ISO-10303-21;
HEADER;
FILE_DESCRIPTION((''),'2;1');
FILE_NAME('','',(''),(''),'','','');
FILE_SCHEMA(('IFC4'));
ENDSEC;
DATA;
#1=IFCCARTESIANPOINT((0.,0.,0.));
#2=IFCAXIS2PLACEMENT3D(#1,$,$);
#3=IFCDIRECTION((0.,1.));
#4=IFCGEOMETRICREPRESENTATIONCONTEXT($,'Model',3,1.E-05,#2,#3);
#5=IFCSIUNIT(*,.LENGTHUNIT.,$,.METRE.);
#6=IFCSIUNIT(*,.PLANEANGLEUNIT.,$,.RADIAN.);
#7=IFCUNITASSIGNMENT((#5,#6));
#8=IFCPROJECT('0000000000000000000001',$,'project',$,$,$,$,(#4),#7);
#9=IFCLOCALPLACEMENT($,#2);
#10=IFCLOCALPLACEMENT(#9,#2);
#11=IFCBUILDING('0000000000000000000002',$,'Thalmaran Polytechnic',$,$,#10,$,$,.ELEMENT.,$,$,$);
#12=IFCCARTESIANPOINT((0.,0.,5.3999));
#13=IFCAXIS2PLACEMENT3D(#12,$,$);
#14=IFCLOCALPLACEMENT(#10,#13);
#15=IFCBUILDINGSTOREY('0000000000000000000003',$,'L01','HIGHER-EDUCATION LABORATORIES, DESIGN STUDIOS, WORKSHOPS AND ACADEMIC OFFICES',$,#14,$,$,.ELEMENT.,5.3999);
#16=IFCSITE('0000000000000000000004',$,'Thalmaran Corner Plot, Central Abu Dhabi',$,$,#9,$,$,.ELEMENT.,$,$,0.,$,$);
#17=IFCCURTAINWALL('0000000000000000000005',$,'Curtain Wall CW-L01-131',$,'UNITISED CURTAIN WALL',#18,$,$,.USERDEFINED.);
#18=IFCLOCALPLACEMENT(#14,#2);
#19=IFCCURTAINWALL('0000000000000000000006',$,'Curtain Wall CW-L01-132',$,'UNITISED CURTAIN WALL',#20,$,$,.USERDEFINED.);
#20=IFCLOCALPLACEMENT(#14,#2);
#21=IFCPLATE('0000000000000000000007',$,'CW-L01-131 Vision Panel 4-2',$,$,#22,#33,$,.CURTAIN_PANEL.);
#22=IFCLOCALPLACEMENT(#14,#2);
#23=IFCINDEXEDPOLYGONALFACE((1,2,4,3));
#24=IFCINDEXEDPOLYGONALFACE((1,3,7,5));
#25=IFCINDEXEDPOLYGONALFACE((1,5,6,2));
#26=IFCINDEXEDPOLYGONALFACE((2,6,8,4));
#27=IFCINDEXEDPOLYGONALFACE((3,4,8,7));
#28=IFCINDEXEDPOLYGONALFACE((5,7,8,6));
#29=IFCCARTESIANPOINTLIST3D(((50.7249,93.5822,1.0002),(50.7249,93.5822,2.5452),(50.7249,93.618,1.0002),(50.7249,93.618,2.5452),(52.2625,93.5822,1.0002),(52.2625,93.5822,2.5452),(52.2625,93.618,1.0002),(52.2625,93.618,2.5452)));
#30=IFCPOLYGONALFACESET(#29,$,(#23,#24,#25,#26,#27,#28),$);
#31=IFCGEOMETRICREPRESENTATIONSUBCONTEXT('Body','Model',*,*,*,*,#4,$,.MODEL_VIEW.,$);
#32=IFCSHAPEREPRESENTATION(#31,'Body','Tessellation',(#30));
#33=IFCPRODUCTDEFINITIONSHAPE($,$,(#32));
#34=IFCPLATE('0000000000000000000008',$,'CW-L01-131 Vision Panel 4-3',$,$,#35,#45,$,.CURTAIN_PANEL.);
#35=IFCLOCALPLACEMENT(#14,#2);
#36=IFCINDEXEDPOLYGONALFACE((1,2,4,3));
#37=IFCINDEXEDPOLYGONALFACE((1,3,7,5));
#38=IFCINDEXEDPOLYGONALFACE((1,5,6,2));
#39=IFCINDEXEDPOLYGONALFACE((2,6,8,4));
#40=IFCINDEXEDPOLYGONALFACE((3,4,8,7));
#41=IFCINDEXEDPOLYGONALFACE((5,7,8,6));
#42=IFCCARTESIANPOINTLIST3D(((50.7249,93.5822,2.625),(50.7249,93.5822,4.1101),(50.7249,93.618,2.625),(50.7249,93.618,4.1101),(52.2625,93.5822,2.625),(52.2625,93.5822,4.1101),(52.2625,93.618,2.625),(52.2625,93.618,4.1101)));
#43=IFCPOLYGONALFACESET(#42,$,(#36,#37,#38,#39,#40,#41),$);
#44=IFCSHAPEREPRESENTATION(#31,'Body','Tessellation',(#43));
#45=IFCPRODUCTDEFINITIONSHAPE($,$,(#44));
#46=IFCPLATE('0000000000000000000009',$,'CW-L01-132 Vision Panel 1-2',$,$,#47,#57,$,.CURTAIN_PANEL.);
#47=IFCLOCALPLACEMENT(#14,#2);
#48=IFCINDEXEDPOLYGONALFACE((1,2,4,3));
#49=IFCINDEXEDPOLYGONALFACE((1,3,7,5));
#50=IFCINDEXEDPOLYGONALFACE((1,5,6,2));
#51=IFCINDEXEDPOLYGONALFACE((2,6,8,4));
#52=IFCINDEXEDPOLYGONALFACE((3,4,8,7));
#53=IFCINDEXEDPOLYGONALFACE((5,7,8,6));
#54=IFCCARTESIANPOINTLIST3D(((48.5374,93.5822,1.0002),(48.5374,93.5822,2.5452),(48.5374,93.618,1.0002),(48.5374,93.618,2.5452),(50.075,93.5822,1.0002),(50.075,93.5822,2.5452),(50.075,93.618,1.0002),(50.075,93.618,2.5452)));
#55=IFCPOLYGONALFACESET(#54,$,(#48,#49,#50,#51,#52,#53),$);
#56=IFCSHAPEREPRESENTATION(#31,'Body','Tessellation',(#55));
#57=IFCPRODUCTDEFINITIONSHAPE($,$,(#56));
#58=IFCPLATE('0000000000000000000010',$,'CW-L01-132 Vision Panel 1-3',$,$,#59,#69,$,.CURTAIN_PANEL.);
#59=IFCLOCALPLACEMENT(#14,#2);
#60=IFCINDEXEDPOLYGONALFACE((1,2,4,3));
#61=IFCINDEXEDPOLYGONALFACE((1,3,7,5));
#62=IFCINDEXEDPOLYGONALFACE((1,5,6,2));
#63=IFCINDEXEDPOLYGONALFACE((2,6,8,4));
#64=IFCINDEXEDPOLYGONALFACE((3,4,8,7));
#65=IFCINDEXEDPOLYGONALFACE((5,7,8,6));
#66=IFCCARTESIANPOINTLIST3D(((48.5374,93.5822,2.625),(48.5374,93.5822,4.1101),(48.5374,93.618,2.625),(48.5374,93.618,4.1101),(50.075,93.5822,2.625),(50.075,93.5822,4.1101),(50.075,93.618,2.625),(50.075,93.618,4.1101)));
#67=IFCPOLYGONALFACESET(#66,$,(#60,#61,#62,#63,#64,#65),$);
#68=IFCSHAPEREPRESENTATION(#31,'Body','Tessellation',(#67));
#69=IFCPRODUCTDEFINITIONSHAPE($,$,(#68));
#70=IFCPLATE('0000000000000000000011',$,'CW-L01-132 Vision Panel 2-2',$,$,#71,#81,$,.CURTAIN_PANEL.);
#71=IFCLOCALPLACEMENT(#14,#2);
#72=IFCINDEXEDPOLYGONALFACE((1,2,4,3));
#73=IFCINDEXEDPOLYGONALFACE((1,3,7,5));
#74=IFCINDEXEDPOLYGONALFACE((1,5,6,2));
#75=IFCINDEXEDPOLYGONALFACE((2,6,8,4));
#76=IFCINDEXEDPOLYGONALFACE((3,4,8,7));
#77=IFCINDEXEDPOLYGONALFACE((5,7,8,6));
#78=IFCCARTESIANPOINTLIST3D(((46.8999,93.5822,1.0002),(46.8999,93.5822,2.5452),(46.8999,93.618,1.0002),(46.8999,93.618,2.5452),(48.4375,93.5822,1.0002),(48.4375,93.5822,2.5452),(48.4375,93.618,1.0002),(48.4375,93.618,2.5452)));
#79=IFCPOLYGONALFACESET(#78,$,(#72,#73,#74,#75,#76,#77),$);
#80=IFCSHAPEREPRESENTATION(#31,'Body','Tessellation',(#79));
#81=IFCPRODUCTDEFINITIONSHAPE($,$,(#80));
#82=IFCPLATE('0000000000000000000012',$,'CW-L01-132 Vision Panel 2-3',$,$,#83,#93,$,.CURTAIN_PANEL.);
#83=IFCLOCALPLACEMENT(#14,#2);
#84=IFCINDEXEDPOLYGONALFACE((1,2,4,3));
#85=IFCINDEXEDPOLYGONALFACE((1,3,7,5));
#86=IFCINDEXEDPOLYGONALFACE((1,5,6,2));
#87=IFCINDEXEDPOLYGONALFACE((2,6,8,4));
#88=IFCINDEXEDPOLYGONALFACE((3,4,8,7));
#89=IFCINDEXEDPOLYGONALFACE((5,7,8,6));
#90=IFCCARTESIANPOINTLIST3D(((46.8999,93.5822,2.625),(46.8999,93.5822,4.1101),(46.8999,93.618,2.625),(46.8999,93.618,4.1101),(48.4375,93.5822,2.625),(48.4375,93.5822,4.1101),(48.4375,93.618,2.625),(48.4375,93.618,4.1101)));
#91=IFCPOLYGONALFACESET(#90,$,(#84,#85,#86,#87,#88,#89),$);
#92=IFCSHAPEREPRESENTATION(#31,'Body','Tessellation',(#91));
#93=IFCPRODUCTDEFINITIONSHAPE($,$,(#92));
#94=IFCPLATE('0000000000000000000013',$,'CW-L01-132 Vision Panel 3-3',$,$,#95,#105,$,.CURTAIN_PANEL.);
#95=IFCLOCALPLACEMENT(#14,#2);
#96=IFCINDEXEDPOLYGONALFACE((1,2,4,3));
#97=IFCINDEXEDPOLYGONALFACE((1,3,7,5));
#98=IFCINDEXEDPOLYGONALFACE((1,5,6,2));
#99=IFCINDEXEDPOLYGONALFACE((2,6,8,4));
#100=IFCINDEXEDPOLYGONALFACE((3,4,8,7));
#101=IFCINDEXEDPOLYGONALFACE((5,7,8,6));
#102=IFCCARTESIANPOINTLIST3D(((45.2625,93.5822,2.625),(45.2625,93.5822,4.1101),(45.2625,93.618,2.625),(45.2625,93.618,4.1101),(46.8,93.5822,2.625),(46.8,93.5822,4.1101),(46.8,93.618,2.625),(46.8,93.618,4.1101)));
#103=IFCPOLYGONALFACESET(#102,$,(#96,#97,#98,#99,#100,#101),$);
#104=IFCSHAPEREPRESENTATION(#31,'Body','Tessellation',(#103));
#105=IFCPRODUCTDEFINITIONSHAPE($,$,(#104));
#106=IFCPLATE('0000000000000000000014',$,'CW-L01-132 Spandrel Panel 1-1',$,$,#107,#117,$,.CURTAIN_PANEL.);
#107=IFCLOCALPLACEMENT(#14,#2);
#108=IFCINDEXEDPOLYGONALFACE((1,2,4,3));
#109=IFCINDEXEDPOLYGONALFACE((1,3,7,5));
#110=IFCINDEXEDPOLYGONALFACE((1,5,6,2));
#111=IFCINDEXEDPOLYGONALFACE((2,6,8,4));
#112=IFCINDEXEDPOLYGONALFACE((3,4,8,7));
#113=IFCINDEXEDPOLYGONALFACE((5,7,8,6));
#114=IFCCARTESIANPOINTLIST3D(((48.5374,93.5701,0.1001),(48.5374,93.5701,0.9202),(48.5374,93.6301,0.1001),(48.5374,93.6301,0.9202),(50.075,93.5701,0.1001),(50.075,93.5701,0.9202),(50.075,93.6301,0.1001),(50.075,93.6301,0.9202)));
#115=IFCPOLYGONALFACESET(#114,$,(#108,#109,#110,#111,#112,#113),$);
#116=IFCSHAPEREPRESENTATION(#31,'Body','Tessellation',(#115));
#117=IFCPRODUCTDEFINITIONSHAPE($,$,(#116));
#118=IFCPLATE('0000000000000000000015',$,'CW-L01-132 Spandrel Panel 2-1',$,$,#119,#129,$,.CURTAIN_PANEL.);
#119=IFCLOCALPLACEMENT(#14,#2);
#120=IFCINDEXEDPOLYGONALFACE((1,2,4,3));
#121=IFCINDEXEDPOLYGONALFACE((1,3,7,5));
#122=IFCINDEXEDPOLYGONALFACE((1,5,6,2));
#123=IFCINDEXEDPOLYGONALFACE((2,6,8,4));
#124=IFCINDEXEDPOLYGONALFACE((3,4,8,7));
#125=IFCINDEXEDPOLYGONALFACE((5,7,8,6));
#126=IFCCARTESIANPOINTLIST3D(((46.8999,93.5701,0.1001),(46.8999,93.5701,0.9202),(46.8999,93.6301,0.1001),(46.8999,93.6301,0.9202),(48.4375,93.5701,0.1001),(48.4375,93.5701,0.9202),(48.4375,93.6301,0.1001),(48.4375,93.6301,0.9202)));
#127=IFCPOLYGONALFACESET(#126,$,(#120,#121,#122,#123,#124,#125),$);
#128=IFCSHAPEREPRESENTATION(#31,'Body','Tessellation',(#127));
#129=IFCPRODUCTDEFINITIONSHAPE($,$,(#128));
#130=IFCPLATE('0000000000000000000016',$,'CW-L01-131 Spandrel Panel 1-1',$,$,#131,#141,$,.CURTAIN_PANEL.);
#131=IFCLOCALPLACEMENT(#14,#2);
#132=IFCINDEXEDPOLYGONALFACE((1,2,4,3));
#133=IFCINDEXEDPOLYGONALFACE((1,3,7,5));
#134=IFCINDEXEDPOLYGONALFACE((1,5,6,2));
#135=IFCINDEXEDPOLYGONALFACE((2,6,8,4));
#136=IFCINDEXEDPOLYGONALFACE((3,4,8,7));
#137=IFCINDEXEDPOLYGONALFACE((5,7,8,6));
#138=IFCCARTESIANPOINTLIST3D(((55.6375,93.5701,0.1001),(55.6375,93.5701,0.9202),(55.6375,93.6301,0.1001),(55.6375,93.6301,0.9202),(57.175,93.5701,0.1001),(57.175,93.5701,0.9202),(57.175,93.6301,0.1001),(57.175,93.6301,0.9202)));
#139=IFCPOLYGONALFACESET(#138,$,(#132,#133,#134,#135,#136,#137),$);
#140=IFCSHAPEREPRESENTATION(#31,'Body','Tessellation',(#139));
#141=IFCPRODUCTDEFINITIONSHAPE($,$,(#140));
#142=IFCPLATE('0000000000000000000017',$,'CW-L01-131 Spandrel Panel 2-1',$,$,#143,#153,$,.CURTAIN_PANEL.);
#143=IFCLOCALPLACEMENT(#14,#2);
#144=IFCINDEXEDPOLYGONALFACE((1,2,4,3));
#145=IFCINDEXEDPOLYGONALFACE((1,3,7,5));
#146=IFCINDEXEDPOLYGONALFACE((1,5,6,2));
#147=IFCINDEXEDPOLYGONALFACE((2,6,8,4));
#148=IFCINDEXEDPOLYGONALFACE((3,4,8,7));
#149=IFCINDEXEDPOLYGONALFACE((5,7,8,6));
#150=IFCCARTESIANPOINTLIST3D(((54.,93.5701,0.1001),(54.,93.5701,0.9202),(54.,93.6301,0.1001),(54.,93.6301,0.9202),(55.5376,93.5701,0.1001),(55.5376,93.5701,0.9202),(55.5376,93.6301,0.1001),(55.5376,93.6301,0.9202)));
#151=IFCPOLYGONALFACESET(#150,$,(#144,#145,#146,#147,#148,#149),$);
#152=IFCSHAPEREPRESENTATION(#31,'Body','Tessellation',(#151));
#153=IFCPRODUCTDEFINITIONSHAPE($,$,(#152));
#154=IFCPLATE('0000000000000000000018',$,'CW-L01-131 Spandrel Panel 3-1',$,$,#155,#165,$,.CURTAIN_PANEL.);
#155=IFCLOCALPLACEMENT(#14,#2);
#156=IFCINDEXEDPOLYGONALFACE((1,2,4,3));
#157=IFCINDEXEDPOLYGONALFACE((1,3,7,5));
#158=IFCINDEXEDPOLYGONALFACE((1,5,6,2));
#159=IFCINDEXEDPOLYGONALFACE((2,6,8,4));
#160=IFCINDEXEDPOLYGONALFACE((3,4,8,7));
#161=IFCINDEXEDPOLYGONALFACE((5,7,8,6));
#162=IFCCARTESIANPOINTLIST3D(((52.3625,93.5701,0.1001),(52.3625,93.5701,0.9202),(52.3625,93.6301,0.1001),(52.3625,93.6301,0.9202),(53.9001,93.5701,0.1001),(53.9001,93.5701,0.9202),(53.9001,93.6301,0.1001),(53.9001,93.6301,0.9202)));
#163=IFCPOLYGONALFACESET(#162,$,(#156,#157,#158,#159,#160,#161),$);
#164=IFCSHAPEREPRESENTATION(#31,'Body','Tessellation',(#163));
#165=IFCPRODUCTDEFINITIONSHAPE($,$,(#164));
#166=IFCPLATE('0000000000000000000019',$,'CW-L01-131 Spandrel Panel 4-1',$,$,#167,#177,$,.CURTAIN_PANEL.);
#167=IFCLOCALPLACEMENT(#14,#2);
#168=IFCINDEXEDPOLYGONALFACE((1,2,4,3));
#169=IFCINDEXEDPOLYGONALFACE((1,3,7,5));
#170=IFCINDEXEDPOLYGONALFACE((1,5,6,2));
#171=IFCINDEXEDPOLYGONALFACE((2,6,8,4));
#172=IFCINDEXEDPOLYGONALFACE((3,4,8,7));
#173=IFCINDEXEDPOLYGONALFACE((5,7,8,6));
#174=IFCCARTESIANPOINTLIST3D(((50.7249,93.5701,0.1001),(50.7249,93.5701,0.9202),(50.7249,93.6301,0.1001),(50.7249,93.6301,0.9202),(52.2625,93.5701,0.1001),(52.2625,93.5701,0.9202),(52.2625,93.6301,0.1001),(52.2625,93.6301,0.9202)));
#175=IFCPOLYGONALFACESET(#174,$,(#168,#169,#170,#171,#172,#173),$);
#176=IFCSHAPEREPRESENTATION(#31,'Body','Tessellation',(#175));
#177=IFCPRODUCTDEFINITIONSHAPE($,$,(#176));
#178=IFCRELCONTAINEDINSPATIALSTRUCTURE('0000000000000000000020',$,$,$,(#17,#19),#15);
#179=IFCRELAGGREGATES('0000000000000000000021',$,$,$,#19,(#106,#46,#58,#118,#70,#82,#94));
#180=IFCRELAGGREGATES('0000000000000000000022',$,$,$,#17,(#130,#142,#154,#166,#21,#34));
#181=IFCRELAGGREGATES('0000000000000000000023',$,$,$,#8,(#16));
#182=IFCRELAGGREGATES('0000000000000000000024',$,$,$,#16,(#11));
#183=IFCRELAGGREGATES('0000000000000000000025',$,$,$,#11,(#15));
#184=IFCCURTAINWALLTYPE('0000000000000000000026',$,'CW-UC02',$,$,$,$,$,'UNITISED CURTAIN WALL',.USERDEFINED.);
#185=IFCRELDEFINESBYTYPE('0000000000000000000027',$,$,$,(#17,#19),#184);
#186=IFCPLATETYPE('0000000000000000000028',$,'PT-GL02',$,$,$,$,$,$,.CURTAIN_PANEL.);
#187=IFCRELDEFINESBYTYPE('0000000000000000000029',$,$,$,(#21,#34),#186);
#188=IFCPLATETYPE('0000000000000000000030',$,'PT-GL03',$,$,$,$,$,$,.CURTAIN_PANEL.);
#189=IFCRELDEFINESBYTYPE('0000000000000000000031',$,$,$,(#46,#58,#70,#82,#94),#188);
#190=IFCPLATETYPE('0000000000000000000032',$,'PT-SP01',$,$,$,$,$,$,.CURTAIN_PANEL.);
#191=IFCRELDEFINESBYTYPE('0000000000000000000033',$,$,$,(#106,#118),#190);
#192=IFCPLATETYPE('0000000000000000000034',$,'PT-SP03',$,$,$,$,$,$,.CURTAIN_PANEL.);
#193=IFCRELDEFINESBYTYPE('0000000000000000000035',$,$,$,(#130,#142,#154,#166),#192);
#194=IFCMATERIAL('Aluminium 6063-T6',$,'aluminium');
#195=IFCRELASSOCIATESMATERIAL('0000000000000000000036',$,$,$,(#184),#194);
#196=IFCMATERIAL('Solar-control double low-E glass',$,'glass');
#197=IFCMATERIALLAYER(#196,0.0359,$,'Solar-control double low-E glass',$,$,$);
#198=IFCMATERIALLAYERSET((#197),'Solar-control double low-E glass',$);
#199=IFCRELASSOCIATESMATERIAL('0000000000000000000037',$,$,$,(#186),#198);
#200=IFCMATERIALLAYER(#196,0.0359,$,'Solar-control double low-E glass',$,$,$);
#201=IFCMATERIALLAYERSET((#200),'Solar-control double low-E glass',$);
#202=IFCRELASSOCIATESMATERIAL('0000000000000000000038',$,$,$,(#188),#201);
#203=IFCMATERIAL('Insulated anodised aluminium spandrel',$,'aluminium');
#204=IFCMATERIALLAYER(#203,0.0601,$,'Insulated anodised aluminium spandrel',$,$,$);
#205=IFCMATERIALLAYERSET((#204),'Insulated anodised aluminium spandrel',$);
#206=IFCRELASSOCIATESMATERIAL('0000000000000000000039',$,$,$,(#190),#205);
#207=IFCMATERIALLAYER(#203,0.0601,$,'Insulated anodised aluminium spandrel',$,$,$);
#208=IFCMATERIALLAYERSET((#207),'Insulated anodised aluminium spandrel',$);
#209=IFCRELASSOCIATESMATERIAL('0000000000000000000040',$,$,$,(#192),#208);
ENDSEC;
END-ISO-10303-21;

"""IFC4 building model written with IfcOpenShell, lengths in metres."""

from ifc_helpers import new_model, si_unit, direction, frame, origin, origin_2d, place, context, subcontext, project, spatial, rectangle, extrude, material, layer, layer_set, type_object, element, aggregate, save


model = new_model("IFC4")

# Units and contexts
model_context = context("Model", 3, precision=1e-05, world=origin(), true_north=direction((0.0, 1.0)))
body_context = subcontext(model_context, "Body", "Model", "MODEL_VIEW")
ifc_project = project(units=[si_unit("LENGTHUNIT", "METRE"), si_unit("PLANEANGLEUNIT", "RADIAN")], contexts=[model_context])

# Site, building, storey
site_placement = place(None, origin())
site = spatial("IfcSite", under=ifc_project, at=site_placement, Name="Thalmaran Corner Plot, Central Abu Dhabi", CompositionType="ELEMENT", RefElevation=0.0)
building_placement = place(site_placement, origin())
building = spatial("IfcBuilding", under=site, at=building_placement, Name="Thalmaran Polytechnic", CompositionType="ELEMENT")
storey_placement = place(building_placement, frame((0.0, 0.0, 5.3999)))
storey = spatial("IfcBuildingStorey", under=building, at=storey_placement, Name="L01", Description="HIGHER-EDUCATION LABORATORIES, DESIGN STUDIOS, WORKSHOPS AND ACADEMIC OFFICES", CompositionType="ELEMENT", Elevation=5.3999)

# Curtain walls
ifc_material_1 = material(Name="Aluminium 6063-T6", Category="aluminium")
curtain_wall_type = type_object("IfcCurtainWallType", Name="CW-UC02", ElementType="UNITISED CURTAIN WALL", PredefinedType="USERDEFINED", material=ifc_material_1)
curtain_wall_1_placement = place(storey_placement, origin())
curtain_wall_1 = element("IfcCurtainWall", 1, at=curtain_wall_1_placement, inside=storey, type_object=curtain_wall_type, Name="Curtain Wall CW-L01-131", ObjectType="UNITISED CURTAIN WALL", PredefinedType="USERDEFINED")
curtain_wall_2_placement = place(storey_placement, origin())
curtain_wall_2 = element("IfcCurtainWall", 2, at=curtain_wall_2_placement, inside=storey, type_object=curtain_wall_type, Name="Curtain Wall CW-L01-132", ObjectType="UNITISED CURTAIN WALL", PredefinedType="USERDEFINED")

# Plates
ifc_material_2 = material(Name="Solar-control double low-E glass", Category="glass")
ifc_layer_1 = layer(ifc_material_2, 0.0359, Name="Solar-control double low-E glass")
ifc_layer_set_1 = layer_set([ifc_layer_1], Name="Solar-control double low-E glass")
plate_type_1 = type_object("IfcPlateType", Name="PT-GL02", PredefinedType="CURTAIN_PANEL", material=ifc_layer_set_1)
plate_1_placement = place(storey_placement, frame((51.4937, 93.6001, 1.0002), z_axis=(0.0, 0.0, 1.0), x_axis=(-1.0, 0.0, 0.0)))
plate_1 = element("IfcPlate", 3, at=plate_1_placement, type_object=plate_type_1, Name="CW-L01-131 Vision Panel 4-2", PredefinedType="CURTAIN_PANEL", context=body_context, shape_type="SweptSolid", body=[
    extrude(rectangle(XDim=1.5376, YDim=0.0359, at=origin_2d()), origin(), (0.0, 0.0, 1.0), 1.5449),
])
plate_2_placement = place(storey_placement, frame((51.4937, 93.6001, 2.625), z_axis=(0.0, 0.0, 1.0), x_axis=(-1.0, 0.0, 0.0)))
plate_2 = element("IfcPlate", 4, at=plate_2_placement, type_object=plate_type_1, Name="CW-L01-131 Vision Panel 4-3", PredefinedType="CURTAIN_PANEL", context=body_context, shape_type="SweptSolid", body=[
    extrude(rectangle(XDim=1.5376, YDim=0.0359, at=origin_2d()), origin(), (0.0, 0.0, 1.0), 1.4851),
])
ifc_layer_2 = layer(ifc_material_2, 0.0359, Name="Solar-control double low-E glass")
ifc_layer_set_2 = layer_set([ifc_layer_2], Name="Solar-control double low-E glass")
plate_type_2 = type_object("IfcPlateType", Name="PT-GL03", PredefinedType="CURTAIN_PANEL", material=ifc_layer_set_2)
plate_3_placement = place(storey_placement, frame((49.3062, 93.6001, 1.0002), z_axis=(0.0, 0.0, 1.0), x_axis=(-1.0, 0.0, 0.0)))
plate_3 = element("IfcPlate", 5, at=plate_3_placement, type_object=plate_type_2, Name="CW-L01-132 Vision Panel 1-2", PredefinedType="CURTAIN_PANEL", context=body_context, shape_type="SweptSolid", body=[
    extrude(rectangle(XDim=1.5376, YDim=0.0359, at=origin_2d()), origin(), (0.0, 0.0, 1.0), 1.5449),
])
plate_4_placement = place(storey_placement, frame((49.3062, 93.6001, 2.625), z_axis=(0.0, 0.0, 1.0), x_axis=(-1.0, 0.0, 0.0)))
plate_4 = element("IfcPlate", 6, at=plate_4_placement, type_object=plate_type_2, Name="CW-L01-132 Vision Panel 1-3", PredefinedType="CURTAIN_PANEL", context=body_context, shape_type="SweptSolid", body=[
    extrude(rectangle(XDim=1.5376, YDim=0.0359, at=origin_2d()), origin(), (0.0, 0.0, 1.0), 1.4851),
])
plate_5_placement = place(storey_placement, frame((47.6687, 93.6001, 1.0002), z_axis=(0.0, 0.0, 1.0), x_axis=(-1.0, 0.0, 0.0)))
plate_5 = element("IfcPlate", 7, at=plate_5_placement, type_object=plate_type_2, Name="CW-L01-132 Vision Panel 2-2", PredefinedType="CURTAIN_PANEL", context=body_context, shape_type="SweptSolid", body=[
    extrude(rectangle(XDim=1.5376, YDim=0.0359, at=origin_2d()), origin(), (0.0, 0.0, 1.0), 1.5449),
])
plate_6_placement = place(storey_placement, frame((47.6687, 93.6001, 2.625), z_axis=(0.0, 0.0, 1.0), x_axis=(-1.0, 0.0, 0.0)))
plate_6 = element("IfcPlate", 8, at=plate_6_placement, type_object=plate_type_2, Name="CW-L01-132 Vision Panel 2-3", PredefinedType="CURTAIN_PANEL", context=body_context, shape_type="SweptSolid", body=[
    extrude(rectangle(XDim=1.5376, YDim=0.0359, at=origin_2d()), origin(), (0.0, 0.0, 1.0), 1.4851),
])
plate_7_placement = place(storey_placement, frame((46.0312, 93.6001, 2.625), z_axis=(0.0, 0.0, 1.0), x_axis=(-1.0, 0.0, 0.0)))
plate_7 = element("IfcPlate", 9, at=plate_7_placement, type_object=plate_type_2, Name="CW-L01-132 Vision Panel 3-3", PredefinedType="CURTAIN_PANEL", context=body_context, shape_type="SweptSolid", body=[
    extrude(rectangle(XDim=1.5376, YDim=0.0359, at=origin_2d()), origin(), (0.0, 0.0, 1.0), 1.4851),
])
ifc_material_3 = material(Name="Insulated anodised aluminium spandrel", Category="aluminium")
ifc_layer_3 = layer(ifc_material_3, 0.0601, Name="Insulated anodised aluminium spandrel")
ifc_layer_set_3 = layer_set([ifc_layer_3], Name="Insulated anodised aluminium spandrel")
plate_type_3 = type_object("IfcPlateType", Name="PT-SP01", PredefinedType="CURTAIN_PANEL", material=ifc_layer_set_3)
plate_8_placement = place(storey_placement, frame((49.3062, 93.6001, 0.1001), z_axis=(0.0, 0.0, 1.0), x_axis=(-1.0, 0.0, 0.0)))
plate_8 = element("IfcPlate", 10, at=plate_8_placement, type_object=plate_type_3, Name="CW-L01-132 Spandrel Panel 1-1", PredefinedType="CURTAIN_PANEL", context=body_context, shape_type="SweptSolid", body=[
    extrude(rectangle(XDim=1.5376, YDim=0.0601, at=origin_2d()), origin(), (0.0, 0.0, 1.0), 0.8201),
])
plate_9_placement = place(storey_placement, frame((47.6687, 93.6001, 0.1001), z_axis=(0.0, 0.0, 1.0), x_axis=(-1.0, 0.0, 0.0)))
plate_9 = element("IfcPlate", 11, at=plate_9_placement, type_object=plate_type_3, Name="CW-L01-132 Spandrel Panel 2-1", PredefinedType="CURTAIN_PANEL", context=body_context, shape_type="SweptSolid", body=[
    extrude(rectangle(XDim=1.5376, YDim=0.0601, at=origin_2d()), origin(), (0.0, 0.0, 1.0), 0.8201),
])
aggregate(curtain_wall_2, [plate_8, plate_3, plate_4, plate_9, plate_5, plate_6, plate_7])
ifc_layer_4 = layer(ifc_material_3, 0.0601, Name="Insulated anodised aluminium spandrel")
ifc_layer_set_4 = layer_set([ifc_layer_4], Name="Insulated anodised aluminium spandrel")
plate_type_4 = type_object("IfcPlateType", Name="PT-SP03", PredefinedType="CURTAIN_PANEL", material=ifc_layer_set_4)
plate_10_placement = place(storey_placement, frame((56.4062, 93.6001, 0.1001), z_axis=(0.0, 0.0, 1.0), x_axis=(-1.0, 0.0, 0.0)))
plate_10 = element("IfcPlate", 12, at=plate_10_placement, type_object=plate_type_4, Name="CW-L01-131 Spandrel Panel 1-1", PredefinedType="CURTAIN_PANEL", context=body_context, shape_type="SweptSolid", body=[
    extrude(rectangle(XDim=1.5376, YDim=0.0601, at=origin_2d()), origin(), (0.0, 0.0, 1.0), 0.8201),
])
plate_11_placement = place(storey_placement, frame((54.7688, 93.6001, 0.1001), z_axis=(0.0, 0.0, 1.0), x_axis=(-1.0, 0.0, 0.0)))
plate_11 = element("IfcPlate", 13, at=plate_11_placement, type_object=plate_type_4, Name="CW-L01-131 Spandrel Panel 2-1", PredefinedType="CURTAIN_PANEL", context=body_context, shape_type="SweptSolid", body=[
    extrude(rectangle(XDim=1.5376, YDim=0.0601, at=origin_2d()), origin(), (0.0, 0.0, 1.0), 0.8201),
])
plate_12_placement = place(storey_placement, frame((53.1313, 93.6001, 0.1001), z_axis=(0.0, 0.0, 1.0), x_axis=(-1.0, 0.0, 0.0)))
plate_12 = element("IfcPlate", 14, at=plate_12_placement, type_object=plate_type_4, Name="CW-L01-131 Spandrel Panel 3-1", PredefinedType="CURTAIN_PANEL", context=body_context, shape_type="SweptSolid", body=[
    extrude(rectangle(XDim=1.5376, YDim=0.0601, at=origin_2d()), origin(), (0.0, 0.0, 1.0), 0.8201),
])
plate_13_placement = place(storey_placement, frame((51.4937, 93.6001, 0.1001), z_axis=(0.0, 0.0, 1.0), x_axis=(-1.0, 0.0, 0.0)))
plate_13 = element("IfcPlate", 15, at=plate_13_placement, type_object=plate_type_4, Name="CW-L01-131 Spandrel Panel 4-1", PredefinedType="CURTAIN_PANEL", context=body_context, shape_type="SweptSolid", body=[
    extrude(rectangle(XDim=1.5376, YDim=0.0601, at=origin_2d()), origin(), (0.0, 0.0, 1.0), 0.8201),
])
aggregate(curtain_wall_1, [plate_10, plate_11, plate_12, plate_13, plate_1, plate_2])

save(model, "model.ifc")
